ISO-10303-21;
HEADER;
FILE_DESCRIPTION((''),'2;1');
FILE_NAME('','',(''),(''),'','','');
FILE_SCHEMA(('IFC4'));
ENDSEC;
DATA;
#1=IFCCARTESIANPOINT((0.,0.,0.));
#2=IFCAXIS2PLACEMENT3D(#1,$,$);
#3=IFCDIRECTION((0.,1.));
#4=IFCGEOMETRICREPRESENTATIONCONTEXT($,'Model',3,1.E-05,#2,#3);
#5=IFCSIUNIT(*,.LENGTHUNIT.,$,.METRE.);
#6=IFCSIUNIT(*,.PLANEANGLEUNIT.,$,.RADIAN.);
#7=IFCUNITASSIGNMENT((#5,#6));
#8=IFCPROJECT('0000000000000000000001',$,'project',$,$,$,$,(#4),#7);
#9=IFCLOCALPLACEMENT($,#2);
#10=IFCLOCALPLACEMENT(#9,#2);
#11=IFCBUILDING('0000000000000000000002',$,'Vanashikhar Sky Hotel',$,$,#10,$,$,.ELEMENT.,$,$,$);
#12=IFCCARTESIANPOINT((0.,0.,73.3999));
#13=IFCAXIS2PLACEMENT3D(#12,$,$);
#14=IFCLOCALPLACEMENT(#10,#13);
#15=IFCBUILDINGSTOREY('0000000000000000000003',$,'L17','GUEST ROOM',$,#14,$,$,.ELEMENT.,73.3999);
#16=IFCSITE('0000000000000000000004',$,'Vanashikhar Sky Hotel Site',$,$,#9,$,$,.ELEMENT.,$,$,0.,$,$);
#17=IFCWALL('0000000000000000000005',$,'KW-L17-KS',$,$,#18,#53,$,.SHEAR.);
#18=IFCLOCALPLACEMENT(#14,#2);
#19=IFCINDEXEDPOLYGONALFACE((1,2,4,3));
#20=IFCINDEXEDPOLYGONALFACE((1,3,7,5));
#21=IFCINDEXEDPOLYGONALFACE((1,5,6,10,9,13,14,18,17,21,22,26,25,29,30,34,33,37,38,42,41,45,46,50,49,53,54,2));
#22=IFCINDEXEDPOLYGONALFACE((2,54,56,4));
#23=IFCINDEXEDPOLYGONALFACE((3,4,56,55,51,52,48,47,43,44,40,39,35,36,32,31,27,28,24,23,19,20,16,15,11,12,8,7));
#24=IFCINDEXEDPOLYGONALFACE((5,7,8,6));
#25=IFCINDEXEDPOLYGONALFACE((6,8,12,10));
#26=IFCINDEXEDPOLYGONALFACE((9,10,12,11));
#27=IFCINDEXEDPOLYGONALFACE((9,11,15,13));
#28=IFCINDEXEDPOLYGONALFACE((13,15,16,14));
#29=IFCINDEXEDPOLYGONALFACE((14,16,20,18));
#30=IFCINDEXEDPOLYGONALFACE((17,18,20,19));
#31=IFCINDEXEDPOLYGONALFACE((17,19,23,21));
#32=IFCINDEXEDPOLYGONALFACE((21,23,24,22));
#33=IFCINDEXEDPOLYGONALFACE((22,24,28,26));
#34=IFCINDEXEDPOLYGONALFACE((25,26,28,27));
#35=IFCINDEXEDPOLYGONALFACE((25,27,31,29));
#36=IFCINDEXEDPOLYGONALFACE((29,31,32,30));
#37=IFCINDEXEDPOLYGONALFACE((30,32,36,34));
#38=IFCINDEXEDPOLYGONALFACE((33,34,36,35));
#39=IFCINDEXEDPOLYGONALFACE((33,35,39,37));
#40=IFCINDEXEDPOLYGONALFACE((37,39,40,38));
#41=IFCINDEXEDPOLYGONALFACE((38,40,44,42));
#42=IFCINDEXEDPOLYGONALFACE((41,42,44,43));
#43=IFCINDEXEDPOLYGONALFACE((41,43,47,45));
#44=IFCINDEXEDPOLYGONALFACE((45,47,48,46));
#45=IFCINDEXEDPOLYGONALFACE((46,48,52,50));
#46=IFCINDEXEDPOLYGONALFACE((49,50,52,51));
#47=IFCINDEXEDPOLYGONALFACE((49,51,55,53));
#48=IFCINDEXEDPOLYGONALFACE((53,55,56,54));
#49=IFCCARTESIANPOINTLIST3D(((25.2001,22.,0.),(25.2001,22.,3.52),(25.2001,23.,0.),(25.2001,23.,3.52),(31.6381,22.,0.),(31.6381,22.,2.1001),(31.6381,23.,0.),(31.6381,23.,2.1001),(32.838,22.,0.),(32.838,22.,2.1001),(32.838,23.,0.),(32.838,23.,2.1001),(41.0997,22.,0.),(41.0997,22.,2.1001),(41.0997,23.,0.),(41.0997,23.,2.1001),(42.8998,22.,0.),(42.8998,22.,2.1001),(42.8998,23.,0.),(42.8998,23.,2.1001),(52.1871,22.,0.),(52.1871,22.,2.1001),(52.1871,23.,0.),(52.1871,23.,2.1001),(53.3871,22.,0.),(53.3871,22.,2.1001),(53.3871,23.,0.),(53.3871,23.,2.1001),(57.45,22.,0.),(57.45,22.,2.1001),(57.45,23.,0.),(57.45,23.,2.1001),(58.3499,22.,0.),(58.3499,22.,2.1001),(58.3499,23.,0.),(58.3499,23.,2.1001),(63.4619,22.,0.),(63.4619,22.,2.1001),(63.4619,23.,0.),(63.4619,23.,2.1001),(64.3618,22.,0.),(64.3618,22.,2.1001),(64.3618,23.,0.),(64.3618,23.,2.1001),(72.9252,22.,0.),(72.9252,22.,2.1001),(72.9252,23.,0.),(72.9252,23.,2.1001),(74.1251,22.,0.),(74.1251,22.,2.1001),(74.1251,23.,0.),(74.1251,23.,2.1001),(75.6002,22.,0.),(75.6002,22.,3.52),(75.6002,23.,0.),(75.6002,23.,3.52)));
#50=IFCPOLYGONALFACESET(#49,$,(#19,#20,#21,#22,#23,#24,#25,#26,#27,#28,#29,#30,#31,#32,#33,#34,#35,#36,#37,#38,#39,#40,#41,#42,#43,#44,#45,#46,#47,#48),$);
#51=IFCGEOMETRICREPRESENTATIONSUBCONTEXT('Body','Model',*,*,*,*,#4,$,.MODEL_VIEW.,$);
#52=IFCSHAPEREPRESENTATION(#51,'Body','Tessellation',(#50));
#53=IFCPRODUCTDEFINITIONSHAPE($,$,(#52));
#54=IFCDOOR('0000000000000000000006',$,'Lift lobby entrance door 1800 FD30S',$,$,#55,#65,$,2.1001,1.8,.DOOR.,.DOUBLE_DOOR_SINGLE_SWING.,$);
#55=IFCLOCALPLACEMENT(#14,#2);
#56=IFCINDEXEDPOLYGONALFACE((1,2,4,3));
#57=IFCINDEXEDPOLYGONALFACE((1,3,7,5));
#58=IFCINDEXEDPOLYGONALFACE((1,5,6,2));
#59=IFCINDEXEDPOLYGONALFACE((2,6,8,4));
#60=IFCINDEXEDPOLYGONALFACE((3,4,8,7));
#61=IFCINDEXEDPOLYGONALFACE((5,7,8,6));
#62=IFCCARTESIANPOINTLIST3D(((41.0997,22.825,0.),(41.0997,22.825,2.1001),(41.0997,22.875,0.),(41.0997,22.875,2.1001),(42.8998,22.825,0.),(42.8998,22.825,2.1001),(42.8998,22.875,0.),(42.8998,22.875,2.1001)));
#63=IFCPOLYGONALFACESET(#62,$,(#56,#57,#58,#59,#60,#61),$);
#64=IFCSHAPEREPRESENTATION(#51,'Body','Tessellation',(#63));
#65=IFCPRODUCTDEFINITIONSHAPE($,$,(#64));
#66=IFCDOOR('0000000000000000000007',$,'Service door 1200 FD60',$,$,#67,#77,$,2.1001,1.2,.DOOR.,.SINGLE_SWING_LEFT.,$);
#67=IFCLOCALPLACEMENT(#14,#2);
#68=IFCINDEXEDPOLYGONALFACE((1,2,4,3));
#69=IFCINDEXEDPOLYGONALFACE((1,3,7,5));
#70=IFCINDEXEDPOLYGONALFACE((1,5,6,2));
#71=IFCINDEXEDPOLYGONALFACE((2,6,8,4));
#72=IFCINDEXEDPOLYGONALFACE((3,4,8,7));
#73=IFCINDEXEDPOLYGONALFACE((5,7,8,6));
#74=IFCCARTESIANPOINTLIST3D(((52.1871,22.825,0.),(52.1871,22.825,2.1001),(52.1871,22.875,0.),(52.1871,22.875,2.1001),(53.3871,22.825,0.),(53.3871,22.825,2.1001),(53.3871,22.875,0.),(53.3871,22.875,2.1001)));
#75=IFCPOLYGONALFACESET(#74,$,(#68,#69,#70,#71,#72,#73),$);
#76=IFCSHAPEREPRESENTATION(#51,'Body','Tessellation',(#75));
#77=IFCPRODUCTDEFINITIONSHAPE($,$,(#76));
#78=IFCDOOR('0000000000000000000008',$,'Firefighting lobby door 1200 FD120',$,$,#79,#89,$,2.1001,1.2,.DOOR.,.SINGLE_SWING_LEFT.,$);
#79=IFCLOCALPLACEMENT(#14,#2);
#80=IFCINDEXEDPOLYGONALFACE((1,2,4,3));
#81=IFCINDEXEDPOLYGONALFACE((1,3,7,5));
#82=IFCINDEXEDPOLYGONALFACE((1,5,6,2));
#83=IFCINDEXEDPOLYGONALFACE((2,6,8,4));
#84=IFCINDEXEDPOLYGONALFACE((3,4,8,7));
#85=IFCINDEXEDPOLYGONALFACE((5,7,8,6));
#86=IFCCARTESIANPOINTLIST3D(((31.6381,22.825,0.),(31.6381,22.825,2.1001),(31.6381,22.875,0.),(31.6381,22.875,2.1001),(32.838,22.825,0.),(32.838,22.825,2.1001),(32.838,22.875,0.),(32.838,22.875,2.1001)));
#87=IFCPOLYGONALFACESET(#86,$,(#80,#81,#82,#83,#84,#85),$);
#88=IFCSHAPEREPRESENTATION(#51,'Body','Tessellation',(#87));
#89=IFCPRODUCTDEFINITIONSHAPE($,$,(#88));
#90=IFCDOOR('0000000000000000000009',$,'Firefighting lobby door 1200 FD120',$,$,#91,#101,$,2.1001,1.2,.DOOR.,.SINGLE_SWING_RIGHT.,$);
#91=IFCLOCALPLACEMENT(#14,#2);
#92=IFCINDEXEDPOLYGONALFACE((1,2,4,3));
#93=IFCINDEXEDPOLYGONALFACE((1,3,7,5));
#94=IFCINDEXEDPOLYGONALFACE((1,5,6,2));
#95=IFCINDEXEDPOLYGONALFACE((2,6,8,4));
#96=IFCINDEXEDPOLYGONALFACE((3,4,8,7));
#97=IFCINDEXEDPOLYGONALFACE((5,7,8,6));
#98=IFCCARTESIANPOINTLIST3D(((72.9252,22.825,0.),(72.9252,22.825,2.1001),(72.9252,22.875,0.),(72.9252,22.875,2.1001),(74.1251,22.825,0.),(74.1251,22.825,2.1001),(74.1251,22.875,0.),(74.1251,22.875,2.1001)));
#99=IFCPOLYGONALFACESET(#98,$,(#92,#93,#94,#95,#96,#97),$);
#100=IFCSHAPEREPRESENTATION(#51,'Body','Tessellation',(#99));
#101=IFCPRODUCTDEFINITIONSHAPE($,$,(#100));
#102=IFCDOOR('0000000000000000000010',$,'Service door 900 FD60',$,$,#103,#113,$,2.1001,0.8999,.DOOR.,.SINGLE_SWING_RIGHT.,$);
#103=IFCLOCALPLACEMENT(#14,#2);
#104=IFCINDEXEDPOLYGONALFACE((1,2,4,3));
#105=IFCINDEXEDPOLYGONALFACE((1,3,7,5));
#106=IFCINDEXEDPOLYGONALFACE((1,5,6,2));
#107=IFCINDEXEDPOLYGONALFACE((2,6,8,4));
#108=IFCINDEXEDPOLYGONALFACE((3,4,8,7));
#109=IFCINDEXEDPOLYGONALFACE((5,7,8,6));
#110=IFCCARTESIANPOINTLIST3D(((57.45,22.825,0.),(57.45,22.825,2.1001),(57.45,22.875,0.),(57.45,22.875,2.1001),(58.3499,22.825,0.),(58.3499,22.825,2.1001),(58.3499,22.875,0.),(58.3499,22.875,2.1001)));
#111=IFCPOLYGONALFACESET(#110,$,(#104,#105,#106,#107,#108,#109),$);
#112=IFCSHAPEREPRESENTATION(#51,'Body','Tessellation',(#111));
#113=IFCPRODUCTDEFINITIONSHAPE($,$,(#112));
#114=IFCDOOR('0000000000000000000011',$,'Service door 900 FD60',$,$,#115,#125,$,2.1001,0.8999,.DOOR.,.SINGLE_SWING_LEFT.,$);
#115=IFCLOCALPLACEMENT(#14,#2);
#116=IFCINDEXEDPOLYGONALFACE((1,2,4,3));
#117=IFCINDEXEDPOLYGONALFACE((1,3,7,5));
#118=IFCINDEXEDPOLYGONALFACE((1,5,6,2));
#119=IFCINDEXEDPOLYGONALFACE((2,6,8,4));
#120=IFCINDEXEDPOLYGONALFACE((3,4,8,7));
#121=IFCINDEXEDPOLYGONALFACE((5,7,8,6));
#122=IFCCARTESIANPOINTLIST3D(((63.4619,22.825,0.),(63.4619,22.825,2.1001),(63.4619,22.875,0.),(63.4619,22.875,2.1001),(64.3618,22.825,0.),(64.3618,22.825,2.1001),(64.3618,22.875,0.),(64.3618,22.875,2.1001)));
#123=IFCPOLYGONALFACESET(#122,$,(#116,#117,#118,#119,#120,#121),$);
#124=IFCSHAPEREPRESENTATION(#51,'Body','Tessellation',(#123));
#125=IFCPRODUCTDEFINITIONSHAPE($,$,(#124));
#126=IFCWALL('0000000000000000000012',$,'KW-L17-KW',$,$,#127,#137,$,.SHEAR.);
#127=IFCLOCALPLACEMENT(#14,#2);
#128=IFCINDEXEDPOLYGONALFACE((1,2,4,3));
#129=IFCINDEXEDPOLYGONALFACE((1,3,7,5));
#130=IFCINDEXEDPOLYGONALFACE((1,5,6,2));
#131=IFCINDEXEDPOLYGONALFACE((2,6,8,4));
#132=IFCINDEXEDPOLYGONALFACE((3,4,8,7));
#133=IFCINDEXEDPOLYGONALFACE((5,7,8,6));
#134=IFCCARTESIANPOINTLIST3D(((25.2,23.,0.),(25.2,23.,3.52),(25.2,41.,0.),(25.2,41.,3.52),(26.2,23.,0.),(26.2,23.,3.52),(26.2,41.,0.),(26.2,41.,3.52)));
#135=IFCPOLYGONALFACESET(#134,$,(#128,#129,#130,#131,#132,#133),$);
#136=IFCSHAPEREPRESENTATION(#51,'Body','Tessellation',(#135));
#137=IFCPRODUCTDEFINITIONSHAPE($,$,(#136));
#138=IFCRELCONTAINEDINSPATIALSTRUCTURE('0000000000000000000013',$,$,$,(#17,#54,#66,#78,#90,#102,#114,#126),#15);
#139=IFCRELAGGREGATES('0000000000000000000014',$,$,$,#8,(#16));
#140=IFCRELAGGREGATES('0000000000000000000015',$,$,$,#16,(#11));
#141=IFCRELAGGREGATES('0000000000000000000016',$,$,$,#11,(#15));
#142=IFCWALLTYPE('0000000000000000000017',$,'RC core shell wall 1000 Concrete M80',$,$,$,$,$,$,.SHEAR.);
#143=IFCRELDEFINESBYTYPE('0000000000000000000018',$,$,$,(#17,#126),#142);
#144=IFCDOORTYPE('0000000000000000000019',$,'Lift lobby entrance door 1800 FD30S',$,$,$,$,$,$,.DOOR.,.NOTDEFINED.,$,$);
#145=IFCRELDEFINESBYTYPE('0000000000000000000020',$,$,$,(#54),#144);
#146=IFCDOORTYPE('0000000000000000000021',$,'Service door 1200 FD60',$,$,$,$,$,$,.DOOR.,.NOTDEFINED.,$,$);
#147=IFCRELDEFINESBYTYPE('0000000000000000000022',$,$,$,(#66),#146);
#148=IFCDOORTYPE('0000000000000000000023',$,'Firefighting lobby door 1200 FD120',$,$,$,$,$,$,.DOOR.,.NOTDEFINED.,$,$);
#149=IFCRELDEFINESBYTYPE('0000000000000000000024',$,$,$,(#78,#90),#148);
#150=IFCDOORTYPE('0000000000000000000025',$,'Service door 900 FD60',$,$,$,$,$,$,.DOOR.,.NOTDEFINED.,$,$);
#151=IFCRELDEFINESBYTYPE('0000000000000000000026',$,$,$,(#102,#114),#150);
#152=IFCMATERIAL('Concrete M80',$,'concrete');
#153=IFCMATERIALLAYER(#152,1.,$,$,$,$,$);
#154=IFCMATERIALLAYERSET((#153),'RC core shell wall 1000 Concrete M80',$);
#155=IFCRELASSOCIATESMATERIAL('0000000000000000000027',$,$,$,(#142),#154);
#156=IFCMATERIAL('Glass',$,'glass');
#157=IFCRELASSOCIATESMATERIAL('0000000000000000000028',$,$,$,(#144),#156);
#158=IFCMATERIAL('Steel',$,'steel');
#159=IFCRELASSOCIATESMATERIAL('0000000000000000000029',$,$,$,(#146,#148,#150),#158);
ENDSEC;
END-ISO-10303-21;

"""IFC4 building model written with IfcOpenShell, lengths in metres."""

from ifc_helpers import new_model, si_unit, direction, frame, frame_2d, origin, place, context, subcontext, project, spatial, rectangle, extrude, source, transform, mapped, material, layer, layer_set, type_object, element, fill, save


model = new_model("IFC4")

# Units and contexts
model_context = context("Model", 3, precision=1e-05, world=origin(), true_north=direction((0.0, 1.0)))
body_context = subcontext(model_context, "Body", "Model", "MODEL_VIEW")
ifc_project = project(units=[si_unit("LENGTHUNIT", "METRE"), si_unit("PLANEANGLEUNIT", "RADIAN")], contexts=[model_context])

# Site, building, storey
site_placement = place(None, origin())
site = spatial("IfcSite", under=ifc_project, at=site_placement, Name="Vanashikhar Sky Hotel Site", CompositionType="ELEMENT", RefElevation=0.0)
building_placement = place(site_placement, origin())
building = spatial("IfcBuilding", under=site, at=building_placement, Name="Vanashikhar Sky Hotel", CompositionType="ELEMENT")
storey_placement = place(building_placement, frame((0.0, 0.0, 73.3999)))
storey = spatial("IfcBuildingStorey", under=building, at=storey_placement, Name="L17", Description="GUEST ROOM", CompositionType="ELEMENT", Elevation=73.3999)

# Wall, openings, doors
ifc_material_1 = material(Name="Concrete M80", Category="concrete")
ifc_layer_1 = layer(ifc_material_1, 1.0)
ifc_layer_set_1 = layer_set([ifc_layer_1], Name="RC core shell wall 1000 Concrete M80")
wall_type_1 = type_object("IfcWallType", Name="RC core shell wall 1000 Concrete M80", PredefinedType="SHEAR", material=ifc_layer_set_1)
shared_shape_1 = source(origin(), body_context, "Body", "SweptSolid", [
    extrude(rectangle(XDim=50.4001, YDim=1.0, at=frame_2d((25.2002, 0.0))), origin(), (0.0, 0.0, 1.0), 3.52),
])
wall_1_placement = place(storey_placement, frame((25.2, 22.5, 0.0), z_axis=(0.0, 0.0, 1.0), x_axis=(1.0, 0.0, 0.0)))
wall_1 = element("IfcWall", 1, at=wall_1_placement, inside=storey, type_object=wall_type_1, Name="KW-L17-KS", PredefinedType="SHEAR", context=body_context, shape_type="MappedRepresentation", body=[
    mapped(shared_shape_1, transform((0.0, 0.0, 0.0), scale=1.0)),
])
shared_shape_2 = source(origin(), body_context, "Body", "SweptSolid", [
    extrude(rectangle(XDim=1.8, YDim=2.1001, at=frame_2d((0.8999, 1.05))), frame((0.0, 0.51, 0.0), z_axis=(0.0, -1.0, 0.0), x_axis=(1.0, 0.0, 0.0)), (0.0, 0.0, 1.0), 1.02),
])
opening_1_placement = place(wall_1_placement, frame((15.8999, 0.0, 0.0)))
opening_1 = element("IfcOpeningElement", 2, at=opening_1_placement, cuts=wall_1, PredefinedType="OPENING", context=body_context, shape_type="MappedRepresentation", body=[
    mapped(shared_shape_2, transform((0.0, 0.0, 0.0), scale=1.0)),
])
shared_shape_3 = source(origin(), body_context, "Body", "SweptSolid", [
    extrude(rectangle(XDim=1.2, YDim=2.1001, at=frame_2d((0.6001, 1.05))), frame((0.0, 0.51, 0.0), z_axis=(0.0, -1.0, 0.0), x_axis=(1.0, 0.0, 0.0)), (0.0, 0.0, 1.0), 1.02),
])
opening_2_placement = place(wall_1_placement, frame((26.9871, 0.0, 0.0)))
opening_2 = element("IfcOpeningElement", 3, at=opening_2_placement, cuts=wall_1, PredefinedType="OPENING", context=body_context, shape_type="MappedRepresentation", body=[
    mapped(shared_shape_3, transform((0.0, 0.0, 0.0), scale=1.0)),
])
shared_shape_4 = source(origin(), body_context, "Body", "SweptSolid", [
    extrude(rectangle(XDim=0.8999, YDim=2.1001, at=frame_2d((0.45, 1.05))), frame((0.0, 0.51, 0.0), z_axis=(0.0, -1.0, 0.0), x_axis=(1.0, 0.0, 0.0)), (0.0, 0.0, 1.0), 1.02),
])
opening_3_placement = place(wall_1_placement, frame((32.25, 0.0, 0.0)))
opening_3 = element("IfcOpeningElement", 4, at=opening_3_placement, cuts=wall_1, PredefinedType="OPENING", context=body_context, shape_type="MappedRepresentation", body=[
    mapped(shared_shape_4, transform((0.0, 0.0, 0.0), scale=1.0)),
])
opening_4_placement = place(wall_1_placement, frame((38.262, 0.0, 0.0)))
opening_4 = element("IfcOpeningElement", 5, at=opening_4_placement, cuts=wall_1, PredefinedType="OPENING", context=body_context, shape_type="MappedRepresentation", body=[
    mapped(shared_shape_4, transform((0.0, 0.0, 0.0), scale=1.0)),
])
opening_5_placement = place(wall_1_placement, frame((6.438, 0.0, 0.0)))
opening_5 = element("IfcOpeningElement", 6, at=opening_5_placement, cuts=wall_1, PredefinedType="OPENING", context=body_context, shape_type="MappedRepresentation", body=[
    mapped(shared_shape_3, transform((0.0, 0.0, 0.0), scale=1.0)),
])
opening_6_placement = place(wall_1_placement, frame((47.7251, 0.0, 0.0)))
opening_6 = element("IfcOpeningElement", 7, at=opening_6_placement, cuts=wall_1, PredefinedType="OPENING", context=body_context, shape_type="MappedRepresentation", body=[
    mapped(shared_shape_3, transform((0.0, 0.0, 0.0), scale=1.0)),
])
ifc_material_2 = material(Name="Glass", Category="glass")
door_type_1 = type_object("IfcDoorType", Name="Lift lobby entrance door 1800 FD30S", OperationType="NOTDEFINED", PredefinedType="DOOR", material=ifc_material_2)
shared_shape_5 = source(origin(), body_context, "Body", "SweptSolid", [
    extrude(rectangle(XDim=1.8, YDim=2.1001, at=frame_2d((0.8999, 1.05))), frame((0.0, 0.375, 0.0), z_axis=(0.0, -1.0, 0.0), x_axis=(1.0, 0.0, 0.0)), (0.0, 0.0, 1.0), 0.05),
])
door_1_placement = place(opening_1_placement, origin())
door_1 = element("IfcDoor", 8, at=door_1_placement, inside=storey, type_object=door_type_1, Name="Lift lobby entrance door 1800 FD30S", OperationType="DOUBLE_DOOR_SINGLE_SWING", OverallHeight=2.1001, OverallWidth=1.8, PredefinedType="DOOR", context=body_context, shape_type="MappedRepresentation", body=[
    mapped(shared_shape_5, transform((0.0, 0.0, 0.0), scale=1.0)),
])
fill(opening_1, door_1)
ifc_material_3 = material(Name="Steel", Category="steel")
door_type_2 = type_object("IfcDoorType", Name="Service door 1200 FD60", OperationType="NOTDEFINED", PredefinedType="DOOR", material=ifc_material_3)
shared_shape_6 = source(origin(), body_context, "Body", "SweptSolid", [
    extrude(rectangle(XDim=1.2, YDim=2.1001, at=frame_2d((0.6001, 1.05))), frame((0.0, 0.375, 0.0), z_axis=(0.0, -1.0, 0.0), x_axis=(1.0, 0.0, 0.0)), (0.0, 0.0, 1.0), 0.05),
])
door_2_placement = place(opening_2_placement, origin())
door_2 = element("IfcDoor", 9, at=door_2_placement, inside=storey, type_object=door_type_2, Name="Service door 1200 FD60", OperationType="SINGLE_SWING_LEFT", OverallHeight=2.1001, OverallWidth=1.2, PredefinedType="DOOR", context=body_context, shape_type="MappedRepresentation", body=[
    mapped(shared_shape_6, transform((0.0, 0.0, 0.0), scale=1.0)),
])
fill(opening_2, door_2)
door_type_3 = type_object("IfcDoorType", Name="Firefighting lobby door 1200 FD120", OperationType="NOTDEFINED", PredefinedType="DOOR", material=ifc_material_3)
door_3_placement = place(opening_5_placement, origin())
door_3 = element("IfcDoor", 10, at=door_3_placement, inside=storey, type_object=door_type_3, Name="Firefighting lobby door 1200 FD120", OperationType="SINGLE_SWING_LEFT", OverallHeight=2.1001, OverallWidth=1.2, PredefinedType="DOOR", context=body_context, shape_type="MappedRepresentation", body=[
    mapped(shared_shape_6, transform((0.0, 0.0, 0.0), scale=1.0)),
])
fill(opening_5, door_3)
door_4_placement = place(opening_6_placement, origin())
door_4 = element("IfcDoor", 11, at=door_4_placement, inside=storey, type_object=door_type_3, Name="Firefighting lobby door 1200 FD120", OperationType="SINGLE_SWING_RIGHT", OverallHeight=2.1001, OverallWidth=1.2, PredefinedType="DOOR", context=body_context, shape_type="MappedRepresentation", body=[
    mapped(shared_shape_6, transform((0.0, 0.0, 0.0), scale=1.0)),
])
fill(opening_6, door_4)
door_type_4 = type_object("IfcDoorType", Name="Service door 900 FD60", OperationType="NOTDEFINED", PredefinedType="DOOR", material=ifc_material_3)
shared_shape_7 = source(origin(), body_context, "Body", "SweptSolid", [
    extrude(rectangle(XDim=0.8999, YDim=2.1001, at=frame_2d((0.45, 1.05))), frame((0.0, 0.375, 0.0), z_axis=(0.0, -1.0, 0.0), x_axis=(1.0, 0.0, 0.0)), (0.0, 0.0, 1.0), 0.05),
])
door_5_placement = place(opening_3_placement, origin())
door_5 = element("IfcDoor", 12, at=door_5_placement, inside=storey, type_object=door_type_4, Name="Service door 900 FD60", OperationType="SINGLE_SWING_RIGHT", OverallHeight=2.1001, OverallWidth=0.8999, PredefinedType="DOOR", context=body_context, shape_type="MappedRepresentation", body=[
    mapped(shared_shape_7, transform((0.0, 0.0, 0.0), scale=1.0)),
])
fill(opening_3, door_5)
door_6_placement = place(opening_4_placement, origin())
door_6 = element("IfcDoor", 13, at=door_6_placement, inside=storey, type_object=door_type_4, Name="Service door 900 FD60", OperationType="SINGLE_SWING_LEFT", OverallHeight=2.1001, OverallWidth=0.8999, PredefinedType="DOOR", context=body_context, shape_type="MappedRepresentation", body=[
    mapped(shared_shape_7, transform((0.0, 0.0, 0.0), scale=1.0)),
])
fill(opening_4, door_6)

# Wall
shared_shape_8 = source(origin(), body_context, "Body", "SweptSolid", [
    extrude(rectangle(XDim=18.0, YDim=1.0, at=frame_2d((9.0, 0.0))), origin(), (0.0, 0.0, 1.0), 3.52),
])
wall_2_placement = place(storey_placement, frame((25.7, 23.0, 0.0), z_axis=(0.0, 0.0, 1.0), x_axis=(0.0, 1.0, 0.0)))
element("IfcWall", 14, at=wall_2_placement, inside=storey, type_object=wall_type_1, Name="KW-L17-KW", PredefinedType="SHEAR", context=body_context, shape_type="MappedRepresentation", body=[
    mapped(shared_shape_8, transform((0.0, 0.0, 0.0), scale=1.0)),
])

save(model, "model.ifc")
